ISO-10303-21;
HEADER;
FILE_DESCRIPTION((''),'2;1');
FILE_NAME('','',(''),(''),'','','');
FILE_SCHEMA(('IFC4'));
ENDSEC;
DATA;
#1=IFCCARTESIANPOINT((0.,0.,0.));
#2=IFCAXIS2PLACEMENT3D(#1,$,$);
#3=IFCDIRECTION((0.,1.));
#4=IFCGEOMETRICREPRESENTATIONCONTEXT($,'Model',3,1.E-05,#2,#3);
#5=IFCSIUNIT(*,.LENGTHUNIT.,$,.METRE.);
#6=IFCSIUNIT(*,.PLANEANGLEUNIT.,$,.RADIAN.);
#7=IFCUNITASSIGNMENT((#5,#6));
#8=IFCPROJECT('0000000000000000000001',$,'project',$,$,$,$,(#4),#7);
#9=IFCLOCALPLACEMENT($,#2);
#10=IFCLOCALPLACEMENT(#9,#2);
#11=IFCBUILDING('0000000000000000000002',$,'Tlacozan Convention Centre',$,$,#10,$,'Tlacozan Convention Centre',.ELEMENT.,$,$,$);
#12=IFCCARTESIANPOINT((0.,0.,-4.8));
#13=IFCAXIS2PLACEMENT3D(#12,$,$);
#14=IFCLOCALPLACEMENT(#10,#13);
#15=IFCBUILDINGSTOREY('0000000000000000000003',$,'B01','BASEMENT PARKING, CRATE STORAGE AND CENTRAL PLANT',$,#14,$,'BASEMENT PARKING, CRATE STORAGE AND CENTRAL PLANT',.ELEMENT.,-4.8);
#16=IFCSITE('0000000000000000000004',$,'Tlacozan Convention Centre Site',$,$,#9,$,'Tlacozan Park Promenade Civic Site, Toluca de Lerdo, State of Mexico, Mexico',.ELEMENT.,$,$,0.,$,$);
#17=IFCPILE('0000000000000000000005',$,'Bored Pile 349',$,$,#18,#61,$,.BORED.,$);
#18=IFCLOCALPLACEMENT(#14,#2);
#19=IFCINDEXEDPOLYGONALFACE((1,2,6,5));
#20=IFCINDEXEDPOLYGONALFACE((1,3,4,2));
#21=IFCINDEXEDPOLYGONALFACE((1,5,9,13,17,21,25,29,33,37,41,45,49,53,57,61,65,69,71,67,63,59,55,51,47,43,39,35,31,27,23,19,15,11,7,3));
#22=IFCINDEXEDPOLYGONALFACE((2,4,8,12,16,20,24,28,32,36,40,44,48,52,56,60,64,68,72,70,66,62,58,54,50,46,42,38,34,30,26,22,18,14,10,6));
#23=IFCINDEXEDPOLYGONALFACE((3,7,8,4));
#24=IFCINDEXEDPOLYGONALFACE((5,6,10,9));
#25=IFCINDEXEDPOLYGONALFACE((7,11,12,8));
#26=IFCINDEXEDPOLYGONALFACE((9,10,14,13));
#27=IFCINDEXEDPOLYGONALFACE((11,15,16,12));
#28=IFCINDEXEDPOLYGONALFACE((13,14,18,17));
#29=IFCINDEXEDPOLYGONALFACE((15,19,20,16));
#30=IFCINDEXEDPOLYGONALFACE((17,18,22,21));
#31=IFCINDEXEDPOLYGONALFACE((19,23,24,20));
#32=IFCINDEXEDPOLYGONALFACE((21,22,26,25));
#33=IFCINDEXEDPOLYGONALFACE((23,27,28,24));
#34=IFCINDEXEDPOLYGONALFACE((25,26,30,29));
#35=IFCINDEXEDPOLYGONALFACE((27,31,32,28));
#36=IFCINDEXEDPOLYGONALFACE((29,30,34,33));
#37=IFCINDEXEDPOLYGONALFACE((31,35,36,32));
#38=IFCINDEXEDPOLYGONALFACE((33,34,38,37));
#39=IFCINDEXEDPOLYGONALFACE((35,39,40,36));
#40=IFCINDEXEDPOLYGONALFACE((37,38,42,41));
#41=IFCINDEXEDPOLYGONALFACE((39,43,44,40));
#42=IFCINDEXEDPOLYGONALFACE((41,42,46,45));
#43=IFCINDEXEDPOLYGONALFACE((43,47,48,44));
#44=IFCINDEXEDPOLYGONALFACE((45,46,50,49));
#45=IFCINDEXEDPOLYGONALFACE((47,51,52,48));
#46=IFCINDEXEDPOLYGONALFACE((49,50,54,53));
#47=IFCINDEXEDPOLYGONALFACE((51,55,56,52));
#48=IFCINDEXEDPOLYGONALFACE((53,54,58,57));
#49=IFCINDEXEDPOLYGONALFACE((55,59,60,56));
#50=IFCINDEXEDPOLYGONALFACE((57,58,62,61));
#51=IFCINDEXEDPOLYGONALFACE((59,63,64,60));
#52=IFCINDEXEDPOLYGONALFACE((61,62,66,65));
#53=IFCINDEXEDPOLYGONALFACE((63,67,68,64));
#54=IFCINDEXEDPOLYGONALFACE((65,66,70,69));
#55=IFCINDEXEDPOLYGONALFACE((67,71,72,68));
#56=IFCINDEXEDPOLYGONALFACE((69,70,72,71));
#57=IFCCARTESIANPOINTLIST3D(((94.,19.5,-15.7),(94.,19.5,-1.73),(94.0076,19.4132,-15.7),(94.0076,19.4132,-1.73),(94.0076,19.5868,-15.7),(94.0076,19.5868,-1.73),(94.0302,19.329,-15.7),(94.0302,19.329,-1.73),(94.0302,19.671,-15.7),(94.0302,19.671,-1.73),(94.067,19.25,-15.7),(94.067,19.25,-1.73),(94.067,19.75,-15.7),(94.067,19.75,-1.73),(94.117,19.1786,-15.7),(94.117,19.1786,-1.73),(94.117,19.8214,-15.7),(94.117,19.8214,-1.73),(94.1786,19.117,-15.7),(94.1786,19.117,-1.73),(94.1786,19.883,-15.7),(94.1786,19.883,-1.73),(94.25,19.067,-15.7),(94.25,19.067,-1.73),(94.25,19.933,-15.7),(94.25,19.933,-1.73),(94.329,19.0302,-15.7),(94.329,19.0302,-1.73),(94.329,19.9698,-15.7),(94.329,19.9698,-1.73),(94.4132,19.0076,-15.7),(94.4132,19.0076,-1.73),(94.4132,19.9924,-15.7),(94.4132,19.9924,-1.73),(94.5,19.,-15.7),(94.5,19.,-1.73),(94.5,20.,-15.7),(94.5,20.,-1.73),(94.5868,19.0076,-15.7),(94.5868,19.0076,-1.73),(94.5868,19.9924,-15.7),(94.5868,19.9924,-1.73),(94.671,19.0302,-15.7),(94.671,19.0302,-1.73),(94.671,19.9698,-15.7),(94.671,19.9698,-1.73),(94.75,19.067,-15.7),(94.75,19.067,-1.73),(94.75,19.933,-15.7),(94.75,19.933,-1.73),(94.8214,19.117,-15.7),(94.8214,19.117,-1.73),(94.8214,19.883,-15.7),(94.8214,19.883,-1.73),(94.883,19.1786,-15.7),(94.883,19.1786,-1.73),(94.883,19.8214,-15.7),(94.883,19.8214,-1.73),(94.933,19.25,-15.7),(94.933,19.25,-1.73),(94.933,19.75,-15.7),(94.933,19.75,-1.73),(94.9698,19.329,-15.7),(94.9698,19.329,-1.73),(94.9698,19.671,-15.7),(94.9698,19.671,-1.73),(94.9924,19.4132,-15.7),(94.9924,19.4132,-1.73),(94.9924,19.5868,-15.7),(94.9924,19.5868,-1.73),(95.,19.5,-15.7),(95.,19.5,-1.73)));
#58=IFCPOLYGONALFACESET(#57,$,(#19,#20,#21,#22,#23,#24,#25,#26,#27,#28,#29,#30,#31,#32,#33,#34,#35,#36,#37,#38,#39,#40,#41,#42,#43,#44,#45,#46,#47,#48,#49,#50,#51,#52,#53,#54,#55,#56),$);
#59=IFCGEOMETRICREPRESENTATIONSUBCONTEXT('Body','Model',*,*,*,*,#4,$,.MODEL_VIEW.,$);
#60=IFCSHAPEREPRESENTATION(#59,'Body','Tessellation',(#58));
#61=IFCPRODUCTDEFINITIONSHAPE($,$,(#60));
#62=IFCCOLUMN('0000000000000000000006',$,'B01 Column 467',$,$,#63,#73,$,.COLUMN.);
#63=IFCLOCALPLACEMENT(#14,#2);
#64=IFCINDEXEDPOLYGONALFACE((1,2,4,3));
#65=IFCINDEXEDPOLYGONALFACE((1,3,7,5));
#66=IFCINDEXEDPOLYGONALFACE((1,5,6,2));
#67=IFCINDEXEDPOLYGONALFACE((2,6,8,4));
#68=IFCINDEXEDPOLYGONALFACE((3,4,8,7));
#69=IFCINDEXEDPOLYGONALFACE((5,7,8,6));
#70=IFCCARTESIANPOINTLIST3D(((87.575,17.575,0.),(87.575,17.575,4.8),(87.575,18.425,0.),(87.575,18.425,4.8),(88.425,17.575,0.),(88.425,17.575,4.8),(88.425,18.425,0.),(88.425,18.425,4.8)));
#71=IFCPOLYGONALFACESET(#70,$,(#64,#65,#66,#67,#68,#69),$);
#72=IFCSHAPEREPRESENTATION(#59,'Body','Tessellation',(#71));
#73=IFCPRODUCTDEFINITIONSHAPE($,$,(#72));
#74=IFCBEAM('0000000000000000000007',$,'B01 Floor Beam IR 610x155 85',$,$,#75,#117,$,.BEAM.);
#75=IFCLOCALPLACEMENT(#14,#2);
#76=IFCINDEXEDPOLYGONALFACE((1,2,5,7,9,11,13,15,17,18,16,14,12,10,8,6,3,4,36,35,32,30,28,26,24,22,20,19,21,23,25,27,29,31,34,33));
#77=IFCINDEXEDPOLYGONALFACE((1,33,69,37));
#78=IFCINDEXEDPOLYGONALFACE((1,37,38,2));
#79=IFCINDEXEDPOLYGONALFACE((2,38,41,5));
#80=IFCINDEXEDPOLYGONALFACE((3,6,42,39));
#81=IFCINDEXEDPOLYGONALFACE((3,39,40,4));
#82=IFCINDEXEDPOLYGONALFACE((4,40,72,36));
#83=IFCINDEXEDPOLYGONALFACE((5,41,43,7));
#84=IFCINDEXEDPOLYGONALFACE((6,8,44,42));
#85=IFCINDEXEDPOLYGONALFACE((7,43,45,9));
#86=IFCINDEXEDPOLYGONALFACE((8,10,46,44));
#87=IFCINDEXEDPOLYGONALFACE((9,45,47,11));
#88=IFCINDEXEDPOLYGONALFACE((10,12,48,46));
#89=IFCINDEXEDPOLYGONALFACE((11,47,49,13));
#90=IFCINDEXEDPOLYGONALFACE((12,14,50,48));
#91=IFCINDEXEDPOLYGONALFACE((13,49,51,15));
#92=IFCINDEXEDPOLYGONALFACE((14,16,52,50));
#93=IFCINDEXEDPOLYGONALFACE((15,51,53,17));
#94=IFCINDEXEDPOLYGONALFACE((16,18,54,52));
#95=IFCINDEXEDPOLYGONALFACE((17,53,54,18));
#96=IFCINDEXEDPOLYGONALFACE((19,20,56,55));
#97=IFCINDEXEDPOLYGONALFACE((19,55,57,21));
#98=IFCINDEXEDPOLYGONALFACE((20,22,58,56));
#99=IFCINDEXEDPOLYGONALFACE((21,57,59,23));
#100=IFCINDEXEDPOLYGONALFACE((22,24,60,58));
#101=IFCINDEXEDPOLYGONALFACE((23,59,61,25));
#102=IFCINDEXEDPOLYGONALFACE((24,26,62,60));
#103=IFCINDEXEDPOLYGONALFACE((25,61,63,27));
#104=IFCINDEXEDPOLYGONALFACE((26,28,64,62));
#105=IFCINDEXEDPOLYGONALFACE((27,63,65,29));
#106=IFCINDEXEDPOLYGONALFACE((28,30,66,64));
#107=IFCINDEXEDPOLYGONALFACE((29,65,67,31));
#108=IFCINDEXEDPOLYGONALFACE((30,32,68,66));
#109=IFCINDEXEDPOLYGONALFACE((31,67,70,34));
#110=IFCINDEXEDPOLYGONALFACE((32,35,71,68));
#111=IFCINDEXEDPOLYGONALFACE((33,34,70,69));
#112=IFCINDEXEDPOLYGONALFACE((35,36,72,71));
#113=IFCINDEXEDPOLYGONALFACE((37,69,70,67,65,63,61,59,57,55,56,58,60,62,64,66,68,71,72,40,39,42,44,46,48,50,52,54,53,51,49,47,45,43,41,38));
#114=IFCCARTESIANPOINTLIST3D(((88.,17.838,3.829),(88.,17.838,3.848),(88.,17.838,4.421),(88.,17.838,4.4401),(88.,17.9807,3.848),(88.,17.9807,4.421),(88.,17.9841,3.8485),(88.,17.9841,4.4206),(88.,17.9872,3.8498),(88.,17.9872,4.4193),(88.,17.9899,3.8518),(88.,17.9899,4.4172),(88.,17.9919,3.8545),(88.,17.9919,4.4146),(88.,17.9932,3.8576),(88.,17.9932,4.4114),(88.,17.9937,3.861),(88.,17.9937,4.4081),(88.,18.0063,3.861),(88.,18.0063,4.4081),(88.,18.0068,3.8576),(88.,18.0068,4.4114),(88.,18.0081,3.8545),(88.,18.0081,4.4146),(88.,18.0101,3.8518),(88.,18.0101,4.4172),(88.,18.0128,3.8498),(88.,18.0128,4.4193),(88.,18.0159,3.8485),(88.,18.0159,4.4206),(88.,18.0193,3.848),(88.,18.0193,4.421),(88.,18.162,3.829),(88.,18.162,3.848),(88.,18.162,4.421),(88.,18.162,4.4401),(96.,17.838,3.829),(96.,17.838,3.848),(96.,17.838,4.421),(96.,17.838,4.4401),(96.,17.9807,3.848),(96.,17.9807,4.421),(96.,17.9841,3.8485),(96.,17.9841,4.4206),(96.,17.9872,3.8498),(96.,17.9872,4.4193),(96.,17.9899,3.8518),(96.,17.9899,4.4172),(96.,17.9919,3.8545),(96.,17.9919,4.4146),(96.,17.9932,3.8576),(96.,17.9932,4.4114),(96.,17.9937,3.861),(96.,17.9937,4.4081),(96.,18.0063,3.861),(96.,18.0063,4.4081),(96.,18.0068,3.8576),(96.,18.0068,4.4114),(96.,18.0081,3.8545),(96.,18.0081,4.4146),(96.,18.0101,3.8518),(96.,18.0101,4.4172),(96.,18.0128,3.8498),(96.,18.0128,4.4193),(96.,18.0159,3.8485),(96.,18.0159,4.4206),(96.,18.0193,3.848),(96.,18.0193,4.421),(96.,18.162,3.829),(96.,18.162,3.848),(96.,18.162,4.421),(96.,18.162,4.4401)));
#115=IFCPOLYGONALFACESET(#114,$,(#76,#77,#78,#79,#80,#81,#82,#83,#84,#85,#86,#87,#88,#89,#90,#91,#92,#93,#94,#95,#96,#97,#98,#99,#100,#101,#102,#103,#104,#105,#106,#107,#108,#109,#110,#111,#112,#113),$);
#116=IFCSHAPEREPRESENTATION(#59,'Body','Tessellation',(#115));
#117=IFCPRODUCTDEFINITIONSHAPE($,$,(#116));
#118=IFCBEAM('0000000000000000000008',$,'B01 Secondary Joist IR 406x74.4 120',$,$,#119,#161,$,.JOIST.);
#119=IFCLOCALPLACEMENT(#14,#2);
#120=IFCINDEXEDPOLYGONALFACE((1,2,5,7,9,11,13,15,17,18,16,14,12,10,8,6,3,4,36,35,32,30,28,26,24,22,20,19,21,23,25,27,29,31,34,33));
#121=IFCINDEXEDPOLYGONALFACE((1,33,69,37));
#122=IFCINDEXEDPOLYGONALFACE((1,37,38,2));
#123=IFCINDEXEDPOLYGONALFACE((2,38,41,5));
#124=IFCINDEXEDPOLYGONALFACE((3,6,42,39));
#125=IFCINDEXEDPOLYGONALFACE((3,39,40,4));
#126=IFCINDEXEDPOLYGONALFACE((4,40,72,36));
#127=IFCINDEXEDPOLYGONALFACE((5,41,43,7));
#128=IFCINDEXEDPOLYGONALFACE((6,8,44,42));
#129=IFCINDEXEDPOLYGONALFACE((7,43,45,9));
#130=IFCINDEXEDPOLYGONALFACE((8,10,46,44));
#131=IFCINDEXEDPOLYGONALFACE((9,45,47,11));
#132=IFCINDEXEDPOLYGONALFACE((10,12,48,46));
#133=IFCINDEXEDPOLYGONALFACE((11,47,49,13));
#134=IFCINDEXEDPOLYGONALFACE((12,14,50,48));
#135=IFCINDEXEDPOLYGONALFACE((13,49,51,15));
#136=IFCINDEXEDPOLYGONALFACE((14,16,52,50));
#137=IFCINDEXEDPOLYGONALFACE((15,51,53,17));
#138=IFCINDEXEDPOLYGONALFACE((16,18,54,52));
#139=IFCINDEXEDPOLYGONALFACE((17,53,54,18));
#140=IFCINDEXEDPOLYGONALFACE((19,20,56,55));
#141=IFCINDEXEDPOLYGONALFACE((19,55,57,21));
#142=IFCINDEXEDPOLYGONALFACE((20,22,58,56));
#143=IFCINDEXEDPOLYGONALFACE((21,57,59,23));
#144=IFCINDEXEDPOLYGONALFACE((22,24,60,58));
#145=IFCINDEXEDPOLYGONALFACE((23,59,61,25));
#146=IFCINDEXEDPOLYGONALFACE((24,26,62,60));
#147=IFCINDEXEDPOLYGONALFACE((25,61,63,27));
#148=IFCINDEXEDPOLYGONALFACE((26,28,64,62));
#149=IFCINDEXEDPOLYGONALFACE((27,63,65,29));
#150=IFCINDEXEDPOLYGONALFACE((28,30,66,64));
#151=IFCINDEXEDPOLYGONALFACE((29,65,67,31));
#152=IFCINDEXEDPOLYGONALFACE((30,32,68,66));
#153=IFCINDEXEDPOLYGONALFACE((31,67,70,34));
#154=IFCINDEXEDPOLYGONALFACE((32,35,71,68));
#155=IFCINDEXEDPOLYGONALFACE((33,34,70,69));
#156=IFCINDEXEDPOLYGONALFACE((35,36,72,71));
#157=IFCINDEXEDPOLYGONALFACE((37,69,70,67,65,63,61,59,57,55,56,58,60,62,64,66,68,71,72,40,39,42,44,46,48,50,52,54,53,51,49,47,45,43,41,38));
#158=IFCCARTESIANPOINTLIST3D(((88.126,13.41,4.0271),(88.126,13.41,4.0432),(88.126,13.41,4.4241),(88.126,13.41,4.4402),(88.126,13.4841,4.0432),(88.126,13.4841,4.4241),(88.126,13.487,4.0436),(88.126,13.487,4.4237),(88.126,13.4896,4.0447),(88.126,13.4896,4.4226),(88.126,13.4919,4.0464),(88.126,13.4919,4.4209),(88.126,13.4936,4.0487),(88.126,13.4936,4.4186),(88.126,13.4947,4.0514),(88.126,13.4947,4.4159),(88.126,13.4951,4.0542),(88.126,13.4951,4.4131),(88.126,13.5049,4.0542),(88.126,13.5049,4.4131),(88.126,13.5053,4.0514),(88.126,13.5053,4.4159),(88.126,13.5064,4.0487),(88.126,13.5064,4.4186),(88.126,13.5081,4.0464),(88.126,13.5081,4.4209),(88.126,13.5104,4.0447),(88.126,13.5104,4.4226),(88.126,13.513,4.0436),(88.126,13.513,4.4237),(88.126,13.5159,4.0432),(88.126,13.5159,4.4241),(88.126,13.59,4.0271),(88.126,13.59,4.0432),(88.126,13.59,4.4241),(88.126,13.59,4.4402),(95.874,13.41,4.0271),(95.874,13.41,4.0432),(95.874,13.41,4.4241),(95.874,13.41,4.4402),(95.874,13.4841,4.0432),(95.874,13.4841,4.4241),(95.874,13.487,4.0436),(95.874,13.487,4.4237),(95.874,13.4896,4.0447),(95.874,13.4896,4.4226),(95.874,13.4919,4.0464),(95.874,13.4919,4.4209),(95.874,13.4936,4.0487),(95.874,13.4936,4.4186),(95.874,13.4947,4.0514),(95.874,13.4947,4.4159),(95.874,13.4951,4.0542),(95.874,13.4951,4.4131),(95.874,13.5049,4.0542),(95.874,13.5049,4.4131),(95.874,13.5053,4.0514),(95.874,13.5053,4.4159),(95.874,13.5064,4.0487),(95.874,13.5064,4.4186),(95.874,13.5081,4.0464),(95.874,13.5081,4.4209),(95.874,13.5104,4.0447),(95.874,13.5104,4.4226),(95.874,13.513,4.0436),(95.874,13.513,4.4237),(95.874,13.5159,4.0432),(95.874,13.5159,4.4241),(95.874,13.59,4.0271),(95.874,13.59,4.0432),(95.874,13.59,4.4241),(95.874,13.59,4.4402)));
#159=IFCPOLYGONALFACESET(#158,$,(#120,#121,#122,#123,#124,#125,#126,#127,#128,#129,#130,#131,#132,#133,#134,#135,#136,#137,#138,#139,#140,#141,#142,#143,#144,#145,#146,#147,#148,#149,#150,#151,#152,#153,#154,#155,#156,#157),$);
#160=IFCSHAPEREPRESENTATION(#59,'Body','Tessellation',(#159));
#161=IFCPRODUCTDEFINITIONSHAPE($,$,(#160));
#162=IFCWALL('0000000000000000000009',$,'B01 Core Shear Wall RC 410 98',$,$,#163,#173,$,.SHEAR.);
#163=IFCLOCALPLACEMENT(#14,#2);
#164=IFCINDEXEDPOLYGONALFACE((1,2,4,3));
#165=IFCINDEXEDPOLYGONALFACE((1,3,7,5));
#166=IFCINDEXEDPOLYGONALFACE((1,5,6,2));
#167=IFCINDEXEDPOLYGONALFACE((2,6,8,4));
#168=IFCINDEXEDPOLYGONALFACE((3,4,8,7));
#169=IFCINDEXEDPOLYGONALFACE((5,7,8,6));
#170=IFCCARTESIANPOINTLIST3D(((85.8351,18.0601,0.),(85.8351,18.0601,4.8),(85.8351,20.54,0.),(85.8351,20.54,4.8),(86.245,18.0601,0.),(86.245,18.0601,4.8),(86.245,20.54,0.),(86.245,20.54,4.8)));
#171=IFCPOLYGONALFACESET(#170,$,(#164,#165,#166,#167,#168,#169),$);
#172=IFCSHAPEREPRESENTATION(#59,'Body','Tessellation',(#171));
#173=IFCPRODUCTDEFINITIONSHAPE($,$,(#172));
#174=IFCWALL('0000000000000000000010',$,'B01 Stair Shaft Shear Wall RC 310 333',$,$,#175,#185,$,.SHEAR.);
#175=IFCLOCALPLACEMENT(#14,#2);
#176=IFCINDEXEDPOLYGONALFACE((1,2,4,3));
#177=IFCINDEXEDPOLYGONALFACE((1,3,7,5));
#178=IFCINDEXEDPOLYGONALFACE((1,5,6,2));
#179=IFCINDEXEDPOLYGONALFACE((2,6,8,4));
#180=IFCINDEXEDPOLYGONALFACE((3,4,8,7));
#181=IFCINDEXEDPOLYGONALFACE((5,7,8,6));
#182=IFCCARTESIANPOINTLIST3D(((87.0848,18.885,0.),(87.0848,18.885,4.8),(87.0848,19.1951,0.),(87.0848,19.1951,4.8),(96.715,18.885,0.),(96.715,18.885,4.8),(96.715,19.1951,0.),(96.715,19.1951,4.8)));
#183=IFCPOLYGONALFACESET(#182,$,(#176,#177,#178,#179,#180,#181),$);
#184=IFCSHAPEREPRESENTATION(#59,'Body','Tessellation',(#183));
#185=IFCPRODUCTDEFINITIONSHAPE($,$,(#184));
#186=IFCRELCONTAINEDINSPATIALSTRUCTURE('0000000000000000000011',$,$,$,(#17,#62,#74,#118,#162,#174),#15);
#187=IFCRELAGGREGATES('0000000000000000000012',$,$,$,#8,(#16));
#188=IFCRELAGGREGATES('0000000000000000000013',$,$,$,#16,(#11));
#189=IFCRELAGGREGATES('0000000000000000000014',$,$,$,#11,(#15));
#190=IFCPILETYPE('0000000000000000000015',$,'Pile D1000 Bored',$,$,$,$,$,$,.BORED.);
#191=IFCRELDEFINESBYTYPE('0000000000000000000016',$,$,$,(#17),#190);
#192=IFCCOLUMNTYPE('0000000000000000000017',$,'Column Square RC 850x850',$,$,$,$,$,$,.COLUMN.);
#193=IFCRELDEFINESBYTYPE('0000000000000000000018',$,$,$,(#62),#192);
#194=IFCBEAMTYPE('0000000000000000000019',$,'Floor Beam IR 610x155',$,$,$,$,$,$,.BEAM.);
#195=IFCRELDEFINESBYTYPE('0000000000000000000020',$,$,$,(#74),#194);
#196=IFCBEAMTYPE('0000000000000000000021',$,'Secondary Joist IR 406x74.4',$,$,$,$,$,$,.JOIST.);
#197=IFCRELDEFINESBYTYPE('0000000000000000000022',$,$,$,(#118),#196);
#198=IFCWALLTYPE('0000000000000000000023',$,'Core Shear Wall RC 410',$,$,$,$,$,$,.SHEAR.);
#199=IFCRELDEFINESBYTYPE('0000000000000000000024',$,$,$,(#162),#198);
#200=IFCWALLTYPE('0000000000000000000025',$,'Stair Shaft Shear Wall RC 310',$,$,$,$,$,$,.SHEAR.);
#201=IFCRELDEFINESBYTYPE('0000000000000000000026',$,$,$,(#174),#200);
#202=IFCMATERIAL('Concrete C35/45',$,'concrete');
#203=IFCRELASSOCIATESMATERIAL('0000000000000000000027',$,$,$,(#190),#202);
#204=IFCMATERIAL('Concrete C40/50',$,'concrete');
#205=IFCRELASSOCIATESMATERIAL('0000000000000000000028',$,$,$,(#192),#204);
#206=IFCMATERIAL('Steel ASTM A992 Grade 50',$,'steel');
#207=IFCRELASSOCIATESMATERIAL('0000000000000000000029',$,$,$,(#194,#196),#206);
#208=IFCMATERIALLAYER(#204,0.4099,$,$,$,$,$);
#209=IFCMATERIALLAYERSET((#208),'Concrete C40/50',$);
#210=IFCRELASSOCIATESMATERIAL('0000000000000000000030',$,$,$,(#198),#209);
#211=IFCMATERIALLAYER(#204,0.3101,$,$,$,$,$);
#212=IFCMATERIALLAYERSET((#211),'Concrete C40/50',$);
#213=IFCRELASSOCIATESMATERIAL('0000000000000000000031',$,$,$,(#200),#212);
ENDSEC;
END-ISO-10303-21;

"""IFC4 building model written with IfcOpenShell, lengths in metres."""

from ifc_helpers import new_model, si_unit, direction, frame, frame_2d, origin, origin_2d, place, context, subcontext, project, spatial, rectangle, circle, i_section, extrude, material, layer, layer_set, material_profile, profile_set, type_object, element, save


model = new_model("IFC4")

# Units and contexts
model_context = context("Model", 3, precision=1e-05, world=origin(), true_north=direction((0.0, 1.0)))
body_context = subcontext(model_context, "Body", "Model", "MODEL_VIEW")
ifc_project = project(units=[si_unit("LENGTHUNIT", "METRE"), si_unit("PLANEANGLEUNIT", "RADIAN")], contexts=[model_context])

# Site, building, storey
site_placement = place(None, origin())
site = spatial("IfcSite", under=ifc_project, at=site_placement, Name="Tlacozan Convention Centre Site", LongName="Tlacozan Park Promenade Civic Site, Toluca de Lerdo, State of Mexico, Mexico", CompositionType="ELEMENT", RefElevation=0.0)
building_placement = place(site_placement, origin())
building = spatial("IfcBuilding", under=site, at=building_placement, Name="Tlacozan Convention Centre", LongName="Tlacozan Convention Centre", CompositionType="ELEMENT")
storey_placement = place(building_placement, frame((0.0, 0.0, -4.8)))
storey = spatial("IfcBuildingStorey", under=building, at=storey_placement, Name="B01", Description="BASEMENT PARKING, CRATE STORAGE AND CENTRAL PLANT", LongName="BASEMENT PARKING, CRATE STORAGE AND CENTRAL PLANT", CompositionType="ELEMENT", Elevation=-4.8)

# Shared definitions
ifc_material_1 = material(Name="Concrete C35/45", Category="concrete")

# Pile
ifc_material_profile_1 = material_profile(ifc_material_1, circle(Radius=0.5, at=origin_2d()), Name="PILE D1000")
ifc_profile_set_1 = profile_set([ifc_material_profile_1], Name="Concrete C35/45")
pile_type = type_object("IfcPileType", Name="Pile D1000 Bored", PredefinedType="BORED", material=ifc_profile_set_1)
for number, where, z_axis, x_axis, name in (
    (1, (94.5, 19.5, -1.73), (0.0, 0.0, -1.0), (1.0, 0.0, 0.0), "Bored Pile 349"),
):
    element("IfcPile", number, at=place(storey_placement, frame(where, z_axis=z_axis, x_axis=x_axis)), inside=storey, type_object=pile_type, Name=name, PredefinedType="BORED", context=body_context, shape_type="SweptSolid", body=[
        extrude(circle(Radius=0.5, at=origin_2d()), origin(), (0.0, 0.0, 1.0), 13.97),
    ])

# Column
ifc_material_2 = material(Name="Concrete C40/50", Category="concrete")
ifc_material_profile_2 = material_profile(ifc_material_2, rectangle(XDim=0.8501, YDim=0.8501, at=origin_2d()), Name="RC 850x850")
ifc_profile_set_2 = profile_set([ifc_material_profile_2], Name="Concrete C40/50")
column_type = type_object("IfcColumnType", Name="Column Square RC 850x850", PredefinedType="COLUMN", material=ifc_profile_set_2)
column_placement = place(storey_placement, frame((88.0, 18.0, 0.0), z_axis=(0.0, 0.0, 1.0), x_axis=(1.0, 0.0, 0.0)))
element("IfcColumn", 2, at=column_placement, inside=storey, type_object=column_type, Name="B01 Column 467", PredefinedType="COLUMN", context=body_context, shape_type="SweptSolid", body=[
    extrude(rectangle(XDim=0.8501, YDim=0.8501, at=origin_2d()), origin(), (0.0, 0.0, 1.0), 4.8),
])

# Beams
ifc_material_3 = material(Name="Steel ASTM A992 Grade 50", Category="steel")
ifc_material_profile_3 = material_profile(ifc_material_3, i_section(OverallWidth=0.324, OverallDepth=0.6111, WebThickness=0.0127, FlangeThickness=0.019, FilletRadius=0.0129, at=origin_2d()), Name="IR 610x155.0")
ifc_profile_set_3 = profile_set([ifc_material_profile_3], Name="Steel ASTM A992 Grade 50")
beam_type_1 = type_object("IfcBeamType", Name="Floor Beam IR 610x155", PredefinedType="BEAM", material=ifc_profile_set_3)
beam_1_placement = place(storey_placement, frame((88.0, 18.0, 4.1345), z_axis=(1.0, 0.0, 0.0), x_axis=(0.0, 1.0, 0.0)))
element("IfcBeam", 3, at=beam_1_placement, inside=storey, type_object=beam_type_1, Name="B01 Floor Beam IR 610x155 85", PredefinedType="BEAM", context=body_context, shape_type="SweptSolid", body=[
    extrude(i_section(OverallWidth=0.324, OverallDepth=0.6111, WebThickness=0.0127, FlangeThickness=0.019, FilletRadius=0.0129, at=origin_2d()), origin(), (0.0, 0.0, 1.0), 8.0),
])
ifc_material_profile_4 = material_profile(ifc_material_3, i_section(OverallWidth=0.1799, OverallDepth=0.4131, WebThickness=0.0098, FlangeThickness=0.0161, FilletRadius=0.011, at=origin_2d()), Name="IR 406x74.4")
ifc_profile_set_4 = profile_set([ifc_material_profile_4], Name="Steel ASTM A992 Grade 50")
beam_type_2 = type_object("IfcBeamType", Name="Secondary Joist IR 406x74.4", PredefinedType="JOIST", material=ifc_profile_set_4)
beam_2_placement = place(storey_placement, frame((88.126, 13.5, 4.2336), z_axis=(1.0, 0.0, 0.0), x_axis=(0.0, 1.0, 0.0)))
element("IfcBeam", 4, at=beam_2_placement, inside=storey, type_object=beam_type_2, Name="B01 Secondary Joist IR 406x74.4 120", PredefinedType="JOIST", context=body_context, shape_type="SweptSolid", body=[
    extrude(i_section(OverallWidth=0.1799, OverallDepth=0.4131, WebThickness=0.0098, FlangeThickness=0.0161, FilletRadius=0.011, at=origin_2d()), origin(), (0.0, 0.0, 1.0), 7.748),
])

# Walls
ifc_layer_1 = layer(ifc_material_2, 0.4099)
ifc_layer_set_1 = layer_set([ifc_layer_1], Name="Concrete C40/50")
wall_type_1 = type_object("IfcWallType", Name="Core Shear Wall RC 410", PredefinedType="SHEAR", material=ifc_layer_set_1)
wall_1_placement = place(storey_placement, frame((86.04, 18.0601, 0.0), z_axis=(0.0, 0.0, 1.0), x_axis=(0.0, 1.0, 0.0)))
element("IfcWall", 5, at=wall_1_placement, inside=storey, type_object=wall_type_1, Name="B01 Core Shear Wall RC 410 98", PredefinedType="SHEAR", context=body_context, shape_type="SweptSolid", body=[
    extrude(rectangle(XDim=2.48, YDim=0.4099, at=frame_2d((1.24, 0.0))), origin(), (0.0, 0.0, 1.0), 4.8),
])
ifc_layer_2 = layer(ifc_material_2, 0.3101)
ifc_layer_set_2 = layer_set([ifc_layer_2], Name="Concrete C40/50")
wall_type_2 = type_object("IfcWallType", Name="Stair Shaft Shear Wall RC 310", PredefinedType="SHEAR", material=ifc_layer_set_2)
wall_2_placement = place(storey_placement, frame((87.085, 19.04, 0.0), z_axis=(0.0, 0.0, 1.0), x_axis=(1.0, 0.0, 0.0)))
element("IfcWall", 6, at=wall_2_placement, inside=storey, type_object=wall_type_2, Name="B01 Stair Shaft Shear Wall RC 310 333", PredefinedType="SHEAR", context=body_context, shape_type="SweptSolid", body=[
    extrude(rectangle(XDim=9.6301, YDim=0.3101, at=frame_2d((4.8149, 0.0))), origin(), (0.0, 0.0, 1.0), 4.8),
])

save(model, "model.ifc")
